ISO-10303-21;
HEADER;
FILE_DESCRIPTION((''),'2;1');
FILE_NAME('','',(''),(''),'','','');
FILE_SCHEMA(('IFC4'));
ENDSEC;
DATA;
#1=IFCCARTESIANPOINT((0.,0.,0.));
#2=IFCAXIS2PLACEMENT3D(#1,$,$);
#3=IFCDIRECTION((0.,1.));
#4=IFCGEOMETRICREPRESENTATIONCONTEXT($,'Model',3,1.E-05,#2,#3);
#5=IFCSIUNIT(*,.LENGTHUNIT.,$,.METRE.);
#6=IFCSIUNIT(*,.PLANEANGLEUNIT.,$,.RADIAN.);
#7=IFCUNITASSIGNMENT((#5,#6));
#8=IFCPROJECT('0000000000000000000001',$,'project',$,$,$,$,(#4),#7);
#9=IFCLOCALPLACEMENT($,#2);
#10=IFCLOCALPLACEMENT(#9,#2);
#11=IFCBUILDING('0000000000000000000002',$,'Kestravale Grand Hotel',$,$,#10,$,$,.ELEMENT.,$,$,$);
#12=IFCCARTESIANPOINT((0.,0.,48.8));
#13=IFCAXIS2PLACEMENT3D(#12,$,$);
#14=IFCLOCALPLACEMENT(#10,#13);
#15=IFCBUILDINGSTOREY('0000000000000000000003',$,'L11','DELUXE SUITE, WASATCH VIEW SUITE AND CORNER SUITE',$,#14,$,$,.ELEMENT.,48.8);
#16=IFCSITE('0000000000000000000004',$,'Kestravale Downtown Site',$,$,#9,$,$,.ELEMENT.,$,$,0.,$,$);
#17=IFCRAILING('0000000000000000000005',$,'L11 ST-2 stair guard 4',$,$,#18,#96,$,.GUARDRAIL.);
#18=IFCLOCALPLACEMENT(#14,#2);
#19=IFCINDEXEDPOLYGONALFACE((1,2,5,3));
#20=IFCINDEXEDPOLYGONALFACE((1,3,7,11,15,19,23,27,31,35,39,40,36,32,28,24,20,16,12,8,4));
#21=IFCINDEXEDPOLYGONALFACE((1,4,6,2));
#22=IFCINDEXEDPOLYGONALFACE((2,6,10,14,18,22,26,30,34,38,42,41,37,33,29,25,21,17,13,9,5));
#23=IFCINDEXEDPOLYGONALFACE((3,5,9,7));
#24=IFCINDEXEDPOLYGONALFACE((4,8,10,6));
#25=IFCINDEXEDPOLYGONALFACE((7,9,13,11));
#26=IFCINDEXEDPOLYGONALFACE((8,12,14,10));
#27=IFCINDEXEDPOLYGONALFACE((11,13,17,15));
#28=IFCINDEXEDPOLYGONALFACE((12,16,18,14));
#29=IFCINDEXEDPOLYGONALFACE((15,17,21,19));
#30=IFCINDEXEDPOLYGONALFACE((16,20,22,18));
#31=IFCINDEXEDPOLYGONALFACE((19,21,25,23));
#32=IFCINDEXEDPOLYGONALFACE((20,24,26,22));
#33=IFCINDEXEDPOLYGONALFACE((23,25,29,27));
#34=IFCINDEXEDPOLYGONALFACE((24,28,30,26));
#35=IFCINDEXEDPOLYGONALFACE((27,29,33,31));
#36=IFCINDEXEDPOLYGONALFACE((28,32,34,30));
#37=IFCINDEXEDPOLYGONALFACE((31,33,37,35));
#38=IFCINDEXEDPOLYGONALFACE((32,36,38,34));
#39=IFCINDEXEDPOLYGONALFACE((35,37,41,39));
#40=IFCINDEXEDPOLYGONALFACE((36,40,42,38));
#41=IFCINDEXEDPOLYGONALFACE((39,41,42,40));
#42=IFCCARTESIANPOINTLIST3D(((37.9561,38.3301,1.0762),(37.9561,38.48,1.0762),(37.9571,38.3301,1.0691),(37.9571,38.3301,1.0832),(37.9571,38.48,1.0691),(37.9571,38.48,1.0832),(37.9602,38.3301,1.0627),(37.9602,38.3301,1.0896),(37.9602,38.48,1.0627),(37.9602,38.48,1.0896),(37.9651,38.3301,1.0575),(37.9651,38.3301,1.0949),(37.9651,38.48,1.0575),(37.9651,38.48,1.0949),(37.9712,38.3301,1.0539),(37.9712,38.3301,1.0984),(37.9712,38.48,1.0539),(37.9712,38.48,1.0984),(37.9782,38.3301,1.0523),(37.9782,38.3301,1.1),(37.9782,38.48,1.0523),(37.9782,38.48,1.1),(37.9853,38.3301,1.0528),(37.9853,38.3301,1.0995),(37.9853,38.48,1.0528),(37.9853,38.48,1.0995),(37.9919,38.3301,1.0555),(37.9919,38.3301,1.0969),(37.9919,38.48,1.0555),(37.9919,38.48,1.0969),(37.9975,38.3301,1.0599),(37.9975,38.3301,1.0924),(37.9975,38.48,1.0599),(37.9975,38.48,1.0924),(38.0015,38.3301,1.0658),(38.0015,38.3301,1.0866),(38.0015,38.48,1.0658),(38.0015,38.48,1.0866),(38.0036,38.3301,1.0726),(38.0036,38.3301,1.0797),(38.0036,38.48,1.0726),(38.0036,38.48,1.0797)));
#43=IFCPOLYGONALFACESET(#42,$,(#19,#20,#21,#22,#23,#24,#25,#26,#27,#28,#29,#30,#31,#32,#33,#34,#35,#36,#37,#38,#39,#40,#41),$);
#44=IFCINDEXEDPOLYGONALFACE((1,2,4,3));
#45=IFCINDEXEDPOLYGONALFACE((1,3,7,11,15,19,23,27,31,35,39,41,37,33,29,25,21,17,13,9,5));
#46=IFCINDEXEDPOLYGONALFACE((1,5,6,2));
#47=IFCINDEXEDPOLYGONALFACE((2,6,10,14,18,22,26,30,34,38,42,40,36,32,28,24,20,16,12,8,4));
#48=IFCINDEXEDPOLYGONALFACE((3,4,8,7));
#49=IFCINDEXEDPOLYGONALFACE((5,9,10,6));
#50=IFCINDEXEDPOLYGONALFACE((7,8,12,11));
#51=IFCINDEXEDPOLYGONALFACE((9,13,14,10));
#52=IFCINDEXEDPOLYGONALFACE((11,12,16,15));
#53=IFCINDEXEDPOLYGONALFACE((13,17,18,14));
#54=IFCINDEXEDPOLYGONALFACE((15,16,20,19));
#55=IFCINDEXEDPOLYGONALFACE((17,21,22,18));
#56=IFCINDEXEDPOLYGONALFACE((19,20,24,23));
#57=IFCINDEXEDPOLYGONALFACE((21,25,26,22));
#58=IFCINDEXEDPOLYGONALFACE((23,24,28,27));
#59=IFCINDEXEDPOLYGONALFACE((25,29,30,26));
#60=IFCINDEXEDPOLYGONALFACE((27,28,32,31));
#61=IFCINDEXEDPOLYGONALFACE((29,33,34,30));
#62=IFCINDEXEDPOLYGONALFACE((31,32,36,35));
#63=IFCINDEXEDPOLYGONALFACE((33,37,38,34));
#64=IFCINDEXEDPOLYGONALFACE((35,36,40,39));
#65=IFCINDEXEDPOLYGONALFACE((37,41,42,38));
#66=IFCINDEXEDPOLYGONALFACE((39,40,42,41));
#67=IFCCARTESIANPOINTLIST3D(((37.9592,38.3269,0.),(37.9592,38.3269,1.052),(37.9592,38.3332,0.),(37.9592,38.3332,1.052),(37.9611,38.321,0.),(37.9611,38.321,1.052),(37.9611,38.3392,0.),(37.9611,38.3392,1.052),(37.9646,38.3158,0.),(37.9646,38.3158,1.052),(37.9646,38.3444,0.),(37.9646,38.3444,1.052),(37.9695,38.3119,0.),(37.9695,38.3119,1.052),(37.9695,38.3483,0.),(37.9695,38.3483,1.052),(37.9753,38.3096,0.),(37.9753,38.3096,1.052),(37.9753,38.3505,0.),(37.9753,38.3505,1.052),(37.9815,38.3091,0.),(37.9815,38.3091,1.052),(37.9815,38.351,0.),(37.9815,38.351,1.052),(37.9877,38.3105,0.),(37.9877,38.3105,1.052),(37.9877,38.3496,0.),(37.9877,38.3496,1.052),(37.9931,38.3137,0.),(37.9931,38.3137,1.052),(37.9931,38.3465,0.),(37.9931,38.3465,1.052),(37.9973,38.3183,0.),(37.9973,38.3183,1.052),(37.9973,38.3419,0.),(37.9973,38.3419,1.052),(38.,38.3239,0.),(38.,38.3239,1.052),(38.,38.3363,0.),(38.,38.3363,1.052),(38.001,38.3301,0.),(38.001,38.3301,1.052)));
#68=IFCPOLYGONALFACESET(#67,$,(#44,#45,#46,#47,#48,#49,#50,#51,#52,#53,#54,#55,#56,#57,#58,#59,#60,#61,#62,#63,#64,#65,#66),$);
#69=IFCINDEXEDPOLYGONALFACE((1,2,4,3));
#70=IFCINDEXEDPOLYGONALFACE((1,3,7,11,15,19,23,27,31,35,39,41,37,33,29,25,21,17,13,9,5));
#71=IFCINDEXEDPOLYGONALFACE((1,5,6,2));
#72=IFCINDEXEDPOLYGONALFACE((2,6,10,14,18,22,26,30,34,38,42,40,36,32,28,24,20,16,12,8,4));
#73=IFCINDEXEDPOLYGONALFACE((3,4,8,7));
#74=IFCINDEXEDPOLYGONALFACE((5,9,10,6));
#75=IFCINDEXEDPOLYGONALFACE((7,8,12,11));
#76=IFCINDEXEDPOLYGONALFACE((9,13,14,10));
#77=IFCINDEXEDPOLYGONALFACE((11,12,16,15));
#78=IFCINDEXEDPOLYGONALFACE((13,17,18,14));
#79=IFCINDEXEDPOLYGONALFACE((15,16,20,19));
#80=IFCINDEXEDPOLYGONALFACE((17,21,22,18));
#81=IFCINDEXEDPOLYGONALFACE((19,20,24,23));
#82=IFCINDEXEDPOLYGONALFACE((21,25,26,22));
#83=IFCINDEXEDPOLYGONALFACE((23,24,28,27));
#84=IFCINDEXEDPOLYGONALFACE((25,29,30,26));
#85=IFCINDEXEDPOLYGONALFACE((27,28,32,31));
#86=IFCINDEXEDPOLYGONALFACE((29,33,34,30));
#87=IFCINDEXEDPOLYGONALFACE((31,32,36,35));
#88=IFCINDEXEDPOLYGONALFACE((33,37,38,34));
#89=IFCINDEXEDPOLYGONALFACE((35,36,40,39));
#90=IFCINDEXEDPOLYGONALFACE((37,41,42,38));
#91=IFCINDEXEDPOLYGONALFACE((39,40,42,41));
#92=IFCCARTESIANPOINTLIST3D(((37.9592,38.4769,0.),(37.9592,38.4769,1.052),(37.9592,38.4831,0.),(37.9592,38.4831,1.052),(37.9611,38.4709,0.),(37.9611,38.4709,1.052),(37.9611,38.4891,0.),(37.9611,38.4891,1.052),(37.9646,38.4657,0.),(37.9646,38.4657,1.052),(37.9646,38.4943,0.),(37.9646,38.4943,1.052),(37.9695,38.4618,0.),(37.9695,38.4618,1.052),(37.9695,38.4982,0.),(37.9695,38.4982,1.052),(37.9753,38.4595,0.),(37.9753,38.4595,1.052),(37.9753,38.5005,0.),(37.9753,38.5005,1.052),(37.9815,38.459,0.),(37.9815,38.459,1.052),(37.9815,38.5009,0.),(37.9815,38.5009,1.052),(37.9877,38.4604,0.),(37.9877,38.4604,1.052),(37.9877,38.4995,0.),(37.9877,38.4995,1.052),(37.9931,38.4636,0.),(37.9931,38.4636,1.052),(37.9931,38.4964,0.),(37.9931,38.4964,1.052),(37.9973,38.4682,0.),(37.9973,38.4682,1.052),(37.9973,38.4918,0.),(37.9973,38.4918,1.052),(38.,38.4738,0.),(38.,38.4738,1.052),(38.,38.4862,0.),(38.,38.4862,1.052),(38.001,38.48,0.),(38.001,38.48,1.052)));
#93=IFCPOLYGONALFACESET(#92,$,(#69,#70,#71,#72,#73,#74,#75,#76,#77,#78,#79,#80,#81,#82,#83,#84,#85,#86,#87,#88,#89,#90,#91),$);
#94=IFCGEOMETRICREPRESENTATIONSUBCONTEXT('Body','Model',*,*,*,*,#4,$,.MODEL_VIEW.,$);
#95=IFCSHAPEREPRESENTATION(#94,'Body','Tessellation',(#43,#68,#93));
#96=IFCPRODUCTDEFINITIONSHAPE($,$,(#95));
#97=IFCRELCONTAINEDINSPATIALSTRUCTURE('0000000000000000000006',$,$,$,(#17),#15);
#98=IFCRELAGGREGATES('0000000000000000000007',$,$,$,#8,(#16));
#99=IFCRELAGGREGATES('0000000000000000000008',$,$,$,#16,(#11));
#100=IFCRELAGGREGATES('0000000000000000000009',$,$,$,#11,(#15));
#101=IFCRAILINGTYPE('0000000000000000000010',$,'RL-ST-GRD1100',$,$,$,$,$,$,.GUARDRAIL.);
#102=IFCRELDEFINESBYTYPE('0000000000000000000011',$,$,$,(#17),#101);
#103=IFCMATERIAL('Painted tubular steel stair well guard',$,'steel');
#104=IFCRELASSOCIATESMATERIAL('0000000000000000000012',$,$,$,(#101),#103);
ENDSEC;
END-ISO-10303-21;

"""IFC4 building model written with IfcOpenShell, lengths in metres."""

from ifc_helpers import new_model, si_unit, direction, frame, origin, origin_2d, place, context, subcontext, project, spatial, circle, extrude, material, type_object, element, save


model = new_model("IFC4")

# Units and contexts
model_context = context("Model", 3, precision=1e-05, world=origin(), true_north=direction((0.0, 1.0)))
body_context = subcontext(model_context, "Body", "Model", "MODEL_VIEW")
ifc_project = project(units=[si_unit("LENGTHUNIT", "METRE"), si_unit("PLANEANGLEUNIT", "RADIAN")], contexts=[model_context])

# Site, building, storey
site_placement = place(None, origin())
site = spatial("IfcSite", under=ifc_project, at=site_placement, Name="Kestravale Downtown Site", CompositionType="ELEMENT", RefElevation=0.0)
building_placement = place(site_placement, origin())
building = spatial("IfcBuilding", under=site, at=building_placement, Name="Kestravale Grand Hotel", CompositionType="ELEMENT")
storey_placement = place(building_placement, frame((0.0, 0.0, 48.8)))
storey = spatial("IfcBuildingStorey", under=building, at=storey_placement, Name="L11", Description="DELUXE SUITE, WASATCH VIEW SUITE AND CORNER SUITE", CompositionType="ELEMENT", Elevation=48.8)

# Railing
ifc_material_1 = material(Name="Painted tubular steel stair well guard", Category="steel")
railing_type_1 = type_object("IfcRailingType", Name="RL-ST-GRD1100", PredefinedType="GUARDRAIL", material=ifc_material_1)
railing_1_placement = place(storey_placement, frame((37.98, 38.3301, 0.0)))
element("IfcRailing", 1, at=railing_1_placement, inside=storey, type_object=railing_type_1, Name="L11 ST-2 stair guard 4", PredefinedType="GUARDRAIL", context=body_context, shape_type="SweptSolid", body=[
    extrude(circle(Radius=0.0239, at=origin_2d()), frame((0.0, 0.0, 1.0762), z_axis=(0.0, 1.0, 0.0), x_axis=(-1.0, 0.0, 0.0)), (0.0, 0.0, 1.0), 0.1499),
    extrude(circle(Radius=0.021, at=origin_2d()), origin(), (0.0, 0.0, 1.0), 1.052),
    extrude(circle(Radius=0.021, at=origin_2d()), frame((0.0, 0.1499, 0.0)), (0.0, 0.0, 1.0), 1.052),
])

save(model, "model.ifc")
